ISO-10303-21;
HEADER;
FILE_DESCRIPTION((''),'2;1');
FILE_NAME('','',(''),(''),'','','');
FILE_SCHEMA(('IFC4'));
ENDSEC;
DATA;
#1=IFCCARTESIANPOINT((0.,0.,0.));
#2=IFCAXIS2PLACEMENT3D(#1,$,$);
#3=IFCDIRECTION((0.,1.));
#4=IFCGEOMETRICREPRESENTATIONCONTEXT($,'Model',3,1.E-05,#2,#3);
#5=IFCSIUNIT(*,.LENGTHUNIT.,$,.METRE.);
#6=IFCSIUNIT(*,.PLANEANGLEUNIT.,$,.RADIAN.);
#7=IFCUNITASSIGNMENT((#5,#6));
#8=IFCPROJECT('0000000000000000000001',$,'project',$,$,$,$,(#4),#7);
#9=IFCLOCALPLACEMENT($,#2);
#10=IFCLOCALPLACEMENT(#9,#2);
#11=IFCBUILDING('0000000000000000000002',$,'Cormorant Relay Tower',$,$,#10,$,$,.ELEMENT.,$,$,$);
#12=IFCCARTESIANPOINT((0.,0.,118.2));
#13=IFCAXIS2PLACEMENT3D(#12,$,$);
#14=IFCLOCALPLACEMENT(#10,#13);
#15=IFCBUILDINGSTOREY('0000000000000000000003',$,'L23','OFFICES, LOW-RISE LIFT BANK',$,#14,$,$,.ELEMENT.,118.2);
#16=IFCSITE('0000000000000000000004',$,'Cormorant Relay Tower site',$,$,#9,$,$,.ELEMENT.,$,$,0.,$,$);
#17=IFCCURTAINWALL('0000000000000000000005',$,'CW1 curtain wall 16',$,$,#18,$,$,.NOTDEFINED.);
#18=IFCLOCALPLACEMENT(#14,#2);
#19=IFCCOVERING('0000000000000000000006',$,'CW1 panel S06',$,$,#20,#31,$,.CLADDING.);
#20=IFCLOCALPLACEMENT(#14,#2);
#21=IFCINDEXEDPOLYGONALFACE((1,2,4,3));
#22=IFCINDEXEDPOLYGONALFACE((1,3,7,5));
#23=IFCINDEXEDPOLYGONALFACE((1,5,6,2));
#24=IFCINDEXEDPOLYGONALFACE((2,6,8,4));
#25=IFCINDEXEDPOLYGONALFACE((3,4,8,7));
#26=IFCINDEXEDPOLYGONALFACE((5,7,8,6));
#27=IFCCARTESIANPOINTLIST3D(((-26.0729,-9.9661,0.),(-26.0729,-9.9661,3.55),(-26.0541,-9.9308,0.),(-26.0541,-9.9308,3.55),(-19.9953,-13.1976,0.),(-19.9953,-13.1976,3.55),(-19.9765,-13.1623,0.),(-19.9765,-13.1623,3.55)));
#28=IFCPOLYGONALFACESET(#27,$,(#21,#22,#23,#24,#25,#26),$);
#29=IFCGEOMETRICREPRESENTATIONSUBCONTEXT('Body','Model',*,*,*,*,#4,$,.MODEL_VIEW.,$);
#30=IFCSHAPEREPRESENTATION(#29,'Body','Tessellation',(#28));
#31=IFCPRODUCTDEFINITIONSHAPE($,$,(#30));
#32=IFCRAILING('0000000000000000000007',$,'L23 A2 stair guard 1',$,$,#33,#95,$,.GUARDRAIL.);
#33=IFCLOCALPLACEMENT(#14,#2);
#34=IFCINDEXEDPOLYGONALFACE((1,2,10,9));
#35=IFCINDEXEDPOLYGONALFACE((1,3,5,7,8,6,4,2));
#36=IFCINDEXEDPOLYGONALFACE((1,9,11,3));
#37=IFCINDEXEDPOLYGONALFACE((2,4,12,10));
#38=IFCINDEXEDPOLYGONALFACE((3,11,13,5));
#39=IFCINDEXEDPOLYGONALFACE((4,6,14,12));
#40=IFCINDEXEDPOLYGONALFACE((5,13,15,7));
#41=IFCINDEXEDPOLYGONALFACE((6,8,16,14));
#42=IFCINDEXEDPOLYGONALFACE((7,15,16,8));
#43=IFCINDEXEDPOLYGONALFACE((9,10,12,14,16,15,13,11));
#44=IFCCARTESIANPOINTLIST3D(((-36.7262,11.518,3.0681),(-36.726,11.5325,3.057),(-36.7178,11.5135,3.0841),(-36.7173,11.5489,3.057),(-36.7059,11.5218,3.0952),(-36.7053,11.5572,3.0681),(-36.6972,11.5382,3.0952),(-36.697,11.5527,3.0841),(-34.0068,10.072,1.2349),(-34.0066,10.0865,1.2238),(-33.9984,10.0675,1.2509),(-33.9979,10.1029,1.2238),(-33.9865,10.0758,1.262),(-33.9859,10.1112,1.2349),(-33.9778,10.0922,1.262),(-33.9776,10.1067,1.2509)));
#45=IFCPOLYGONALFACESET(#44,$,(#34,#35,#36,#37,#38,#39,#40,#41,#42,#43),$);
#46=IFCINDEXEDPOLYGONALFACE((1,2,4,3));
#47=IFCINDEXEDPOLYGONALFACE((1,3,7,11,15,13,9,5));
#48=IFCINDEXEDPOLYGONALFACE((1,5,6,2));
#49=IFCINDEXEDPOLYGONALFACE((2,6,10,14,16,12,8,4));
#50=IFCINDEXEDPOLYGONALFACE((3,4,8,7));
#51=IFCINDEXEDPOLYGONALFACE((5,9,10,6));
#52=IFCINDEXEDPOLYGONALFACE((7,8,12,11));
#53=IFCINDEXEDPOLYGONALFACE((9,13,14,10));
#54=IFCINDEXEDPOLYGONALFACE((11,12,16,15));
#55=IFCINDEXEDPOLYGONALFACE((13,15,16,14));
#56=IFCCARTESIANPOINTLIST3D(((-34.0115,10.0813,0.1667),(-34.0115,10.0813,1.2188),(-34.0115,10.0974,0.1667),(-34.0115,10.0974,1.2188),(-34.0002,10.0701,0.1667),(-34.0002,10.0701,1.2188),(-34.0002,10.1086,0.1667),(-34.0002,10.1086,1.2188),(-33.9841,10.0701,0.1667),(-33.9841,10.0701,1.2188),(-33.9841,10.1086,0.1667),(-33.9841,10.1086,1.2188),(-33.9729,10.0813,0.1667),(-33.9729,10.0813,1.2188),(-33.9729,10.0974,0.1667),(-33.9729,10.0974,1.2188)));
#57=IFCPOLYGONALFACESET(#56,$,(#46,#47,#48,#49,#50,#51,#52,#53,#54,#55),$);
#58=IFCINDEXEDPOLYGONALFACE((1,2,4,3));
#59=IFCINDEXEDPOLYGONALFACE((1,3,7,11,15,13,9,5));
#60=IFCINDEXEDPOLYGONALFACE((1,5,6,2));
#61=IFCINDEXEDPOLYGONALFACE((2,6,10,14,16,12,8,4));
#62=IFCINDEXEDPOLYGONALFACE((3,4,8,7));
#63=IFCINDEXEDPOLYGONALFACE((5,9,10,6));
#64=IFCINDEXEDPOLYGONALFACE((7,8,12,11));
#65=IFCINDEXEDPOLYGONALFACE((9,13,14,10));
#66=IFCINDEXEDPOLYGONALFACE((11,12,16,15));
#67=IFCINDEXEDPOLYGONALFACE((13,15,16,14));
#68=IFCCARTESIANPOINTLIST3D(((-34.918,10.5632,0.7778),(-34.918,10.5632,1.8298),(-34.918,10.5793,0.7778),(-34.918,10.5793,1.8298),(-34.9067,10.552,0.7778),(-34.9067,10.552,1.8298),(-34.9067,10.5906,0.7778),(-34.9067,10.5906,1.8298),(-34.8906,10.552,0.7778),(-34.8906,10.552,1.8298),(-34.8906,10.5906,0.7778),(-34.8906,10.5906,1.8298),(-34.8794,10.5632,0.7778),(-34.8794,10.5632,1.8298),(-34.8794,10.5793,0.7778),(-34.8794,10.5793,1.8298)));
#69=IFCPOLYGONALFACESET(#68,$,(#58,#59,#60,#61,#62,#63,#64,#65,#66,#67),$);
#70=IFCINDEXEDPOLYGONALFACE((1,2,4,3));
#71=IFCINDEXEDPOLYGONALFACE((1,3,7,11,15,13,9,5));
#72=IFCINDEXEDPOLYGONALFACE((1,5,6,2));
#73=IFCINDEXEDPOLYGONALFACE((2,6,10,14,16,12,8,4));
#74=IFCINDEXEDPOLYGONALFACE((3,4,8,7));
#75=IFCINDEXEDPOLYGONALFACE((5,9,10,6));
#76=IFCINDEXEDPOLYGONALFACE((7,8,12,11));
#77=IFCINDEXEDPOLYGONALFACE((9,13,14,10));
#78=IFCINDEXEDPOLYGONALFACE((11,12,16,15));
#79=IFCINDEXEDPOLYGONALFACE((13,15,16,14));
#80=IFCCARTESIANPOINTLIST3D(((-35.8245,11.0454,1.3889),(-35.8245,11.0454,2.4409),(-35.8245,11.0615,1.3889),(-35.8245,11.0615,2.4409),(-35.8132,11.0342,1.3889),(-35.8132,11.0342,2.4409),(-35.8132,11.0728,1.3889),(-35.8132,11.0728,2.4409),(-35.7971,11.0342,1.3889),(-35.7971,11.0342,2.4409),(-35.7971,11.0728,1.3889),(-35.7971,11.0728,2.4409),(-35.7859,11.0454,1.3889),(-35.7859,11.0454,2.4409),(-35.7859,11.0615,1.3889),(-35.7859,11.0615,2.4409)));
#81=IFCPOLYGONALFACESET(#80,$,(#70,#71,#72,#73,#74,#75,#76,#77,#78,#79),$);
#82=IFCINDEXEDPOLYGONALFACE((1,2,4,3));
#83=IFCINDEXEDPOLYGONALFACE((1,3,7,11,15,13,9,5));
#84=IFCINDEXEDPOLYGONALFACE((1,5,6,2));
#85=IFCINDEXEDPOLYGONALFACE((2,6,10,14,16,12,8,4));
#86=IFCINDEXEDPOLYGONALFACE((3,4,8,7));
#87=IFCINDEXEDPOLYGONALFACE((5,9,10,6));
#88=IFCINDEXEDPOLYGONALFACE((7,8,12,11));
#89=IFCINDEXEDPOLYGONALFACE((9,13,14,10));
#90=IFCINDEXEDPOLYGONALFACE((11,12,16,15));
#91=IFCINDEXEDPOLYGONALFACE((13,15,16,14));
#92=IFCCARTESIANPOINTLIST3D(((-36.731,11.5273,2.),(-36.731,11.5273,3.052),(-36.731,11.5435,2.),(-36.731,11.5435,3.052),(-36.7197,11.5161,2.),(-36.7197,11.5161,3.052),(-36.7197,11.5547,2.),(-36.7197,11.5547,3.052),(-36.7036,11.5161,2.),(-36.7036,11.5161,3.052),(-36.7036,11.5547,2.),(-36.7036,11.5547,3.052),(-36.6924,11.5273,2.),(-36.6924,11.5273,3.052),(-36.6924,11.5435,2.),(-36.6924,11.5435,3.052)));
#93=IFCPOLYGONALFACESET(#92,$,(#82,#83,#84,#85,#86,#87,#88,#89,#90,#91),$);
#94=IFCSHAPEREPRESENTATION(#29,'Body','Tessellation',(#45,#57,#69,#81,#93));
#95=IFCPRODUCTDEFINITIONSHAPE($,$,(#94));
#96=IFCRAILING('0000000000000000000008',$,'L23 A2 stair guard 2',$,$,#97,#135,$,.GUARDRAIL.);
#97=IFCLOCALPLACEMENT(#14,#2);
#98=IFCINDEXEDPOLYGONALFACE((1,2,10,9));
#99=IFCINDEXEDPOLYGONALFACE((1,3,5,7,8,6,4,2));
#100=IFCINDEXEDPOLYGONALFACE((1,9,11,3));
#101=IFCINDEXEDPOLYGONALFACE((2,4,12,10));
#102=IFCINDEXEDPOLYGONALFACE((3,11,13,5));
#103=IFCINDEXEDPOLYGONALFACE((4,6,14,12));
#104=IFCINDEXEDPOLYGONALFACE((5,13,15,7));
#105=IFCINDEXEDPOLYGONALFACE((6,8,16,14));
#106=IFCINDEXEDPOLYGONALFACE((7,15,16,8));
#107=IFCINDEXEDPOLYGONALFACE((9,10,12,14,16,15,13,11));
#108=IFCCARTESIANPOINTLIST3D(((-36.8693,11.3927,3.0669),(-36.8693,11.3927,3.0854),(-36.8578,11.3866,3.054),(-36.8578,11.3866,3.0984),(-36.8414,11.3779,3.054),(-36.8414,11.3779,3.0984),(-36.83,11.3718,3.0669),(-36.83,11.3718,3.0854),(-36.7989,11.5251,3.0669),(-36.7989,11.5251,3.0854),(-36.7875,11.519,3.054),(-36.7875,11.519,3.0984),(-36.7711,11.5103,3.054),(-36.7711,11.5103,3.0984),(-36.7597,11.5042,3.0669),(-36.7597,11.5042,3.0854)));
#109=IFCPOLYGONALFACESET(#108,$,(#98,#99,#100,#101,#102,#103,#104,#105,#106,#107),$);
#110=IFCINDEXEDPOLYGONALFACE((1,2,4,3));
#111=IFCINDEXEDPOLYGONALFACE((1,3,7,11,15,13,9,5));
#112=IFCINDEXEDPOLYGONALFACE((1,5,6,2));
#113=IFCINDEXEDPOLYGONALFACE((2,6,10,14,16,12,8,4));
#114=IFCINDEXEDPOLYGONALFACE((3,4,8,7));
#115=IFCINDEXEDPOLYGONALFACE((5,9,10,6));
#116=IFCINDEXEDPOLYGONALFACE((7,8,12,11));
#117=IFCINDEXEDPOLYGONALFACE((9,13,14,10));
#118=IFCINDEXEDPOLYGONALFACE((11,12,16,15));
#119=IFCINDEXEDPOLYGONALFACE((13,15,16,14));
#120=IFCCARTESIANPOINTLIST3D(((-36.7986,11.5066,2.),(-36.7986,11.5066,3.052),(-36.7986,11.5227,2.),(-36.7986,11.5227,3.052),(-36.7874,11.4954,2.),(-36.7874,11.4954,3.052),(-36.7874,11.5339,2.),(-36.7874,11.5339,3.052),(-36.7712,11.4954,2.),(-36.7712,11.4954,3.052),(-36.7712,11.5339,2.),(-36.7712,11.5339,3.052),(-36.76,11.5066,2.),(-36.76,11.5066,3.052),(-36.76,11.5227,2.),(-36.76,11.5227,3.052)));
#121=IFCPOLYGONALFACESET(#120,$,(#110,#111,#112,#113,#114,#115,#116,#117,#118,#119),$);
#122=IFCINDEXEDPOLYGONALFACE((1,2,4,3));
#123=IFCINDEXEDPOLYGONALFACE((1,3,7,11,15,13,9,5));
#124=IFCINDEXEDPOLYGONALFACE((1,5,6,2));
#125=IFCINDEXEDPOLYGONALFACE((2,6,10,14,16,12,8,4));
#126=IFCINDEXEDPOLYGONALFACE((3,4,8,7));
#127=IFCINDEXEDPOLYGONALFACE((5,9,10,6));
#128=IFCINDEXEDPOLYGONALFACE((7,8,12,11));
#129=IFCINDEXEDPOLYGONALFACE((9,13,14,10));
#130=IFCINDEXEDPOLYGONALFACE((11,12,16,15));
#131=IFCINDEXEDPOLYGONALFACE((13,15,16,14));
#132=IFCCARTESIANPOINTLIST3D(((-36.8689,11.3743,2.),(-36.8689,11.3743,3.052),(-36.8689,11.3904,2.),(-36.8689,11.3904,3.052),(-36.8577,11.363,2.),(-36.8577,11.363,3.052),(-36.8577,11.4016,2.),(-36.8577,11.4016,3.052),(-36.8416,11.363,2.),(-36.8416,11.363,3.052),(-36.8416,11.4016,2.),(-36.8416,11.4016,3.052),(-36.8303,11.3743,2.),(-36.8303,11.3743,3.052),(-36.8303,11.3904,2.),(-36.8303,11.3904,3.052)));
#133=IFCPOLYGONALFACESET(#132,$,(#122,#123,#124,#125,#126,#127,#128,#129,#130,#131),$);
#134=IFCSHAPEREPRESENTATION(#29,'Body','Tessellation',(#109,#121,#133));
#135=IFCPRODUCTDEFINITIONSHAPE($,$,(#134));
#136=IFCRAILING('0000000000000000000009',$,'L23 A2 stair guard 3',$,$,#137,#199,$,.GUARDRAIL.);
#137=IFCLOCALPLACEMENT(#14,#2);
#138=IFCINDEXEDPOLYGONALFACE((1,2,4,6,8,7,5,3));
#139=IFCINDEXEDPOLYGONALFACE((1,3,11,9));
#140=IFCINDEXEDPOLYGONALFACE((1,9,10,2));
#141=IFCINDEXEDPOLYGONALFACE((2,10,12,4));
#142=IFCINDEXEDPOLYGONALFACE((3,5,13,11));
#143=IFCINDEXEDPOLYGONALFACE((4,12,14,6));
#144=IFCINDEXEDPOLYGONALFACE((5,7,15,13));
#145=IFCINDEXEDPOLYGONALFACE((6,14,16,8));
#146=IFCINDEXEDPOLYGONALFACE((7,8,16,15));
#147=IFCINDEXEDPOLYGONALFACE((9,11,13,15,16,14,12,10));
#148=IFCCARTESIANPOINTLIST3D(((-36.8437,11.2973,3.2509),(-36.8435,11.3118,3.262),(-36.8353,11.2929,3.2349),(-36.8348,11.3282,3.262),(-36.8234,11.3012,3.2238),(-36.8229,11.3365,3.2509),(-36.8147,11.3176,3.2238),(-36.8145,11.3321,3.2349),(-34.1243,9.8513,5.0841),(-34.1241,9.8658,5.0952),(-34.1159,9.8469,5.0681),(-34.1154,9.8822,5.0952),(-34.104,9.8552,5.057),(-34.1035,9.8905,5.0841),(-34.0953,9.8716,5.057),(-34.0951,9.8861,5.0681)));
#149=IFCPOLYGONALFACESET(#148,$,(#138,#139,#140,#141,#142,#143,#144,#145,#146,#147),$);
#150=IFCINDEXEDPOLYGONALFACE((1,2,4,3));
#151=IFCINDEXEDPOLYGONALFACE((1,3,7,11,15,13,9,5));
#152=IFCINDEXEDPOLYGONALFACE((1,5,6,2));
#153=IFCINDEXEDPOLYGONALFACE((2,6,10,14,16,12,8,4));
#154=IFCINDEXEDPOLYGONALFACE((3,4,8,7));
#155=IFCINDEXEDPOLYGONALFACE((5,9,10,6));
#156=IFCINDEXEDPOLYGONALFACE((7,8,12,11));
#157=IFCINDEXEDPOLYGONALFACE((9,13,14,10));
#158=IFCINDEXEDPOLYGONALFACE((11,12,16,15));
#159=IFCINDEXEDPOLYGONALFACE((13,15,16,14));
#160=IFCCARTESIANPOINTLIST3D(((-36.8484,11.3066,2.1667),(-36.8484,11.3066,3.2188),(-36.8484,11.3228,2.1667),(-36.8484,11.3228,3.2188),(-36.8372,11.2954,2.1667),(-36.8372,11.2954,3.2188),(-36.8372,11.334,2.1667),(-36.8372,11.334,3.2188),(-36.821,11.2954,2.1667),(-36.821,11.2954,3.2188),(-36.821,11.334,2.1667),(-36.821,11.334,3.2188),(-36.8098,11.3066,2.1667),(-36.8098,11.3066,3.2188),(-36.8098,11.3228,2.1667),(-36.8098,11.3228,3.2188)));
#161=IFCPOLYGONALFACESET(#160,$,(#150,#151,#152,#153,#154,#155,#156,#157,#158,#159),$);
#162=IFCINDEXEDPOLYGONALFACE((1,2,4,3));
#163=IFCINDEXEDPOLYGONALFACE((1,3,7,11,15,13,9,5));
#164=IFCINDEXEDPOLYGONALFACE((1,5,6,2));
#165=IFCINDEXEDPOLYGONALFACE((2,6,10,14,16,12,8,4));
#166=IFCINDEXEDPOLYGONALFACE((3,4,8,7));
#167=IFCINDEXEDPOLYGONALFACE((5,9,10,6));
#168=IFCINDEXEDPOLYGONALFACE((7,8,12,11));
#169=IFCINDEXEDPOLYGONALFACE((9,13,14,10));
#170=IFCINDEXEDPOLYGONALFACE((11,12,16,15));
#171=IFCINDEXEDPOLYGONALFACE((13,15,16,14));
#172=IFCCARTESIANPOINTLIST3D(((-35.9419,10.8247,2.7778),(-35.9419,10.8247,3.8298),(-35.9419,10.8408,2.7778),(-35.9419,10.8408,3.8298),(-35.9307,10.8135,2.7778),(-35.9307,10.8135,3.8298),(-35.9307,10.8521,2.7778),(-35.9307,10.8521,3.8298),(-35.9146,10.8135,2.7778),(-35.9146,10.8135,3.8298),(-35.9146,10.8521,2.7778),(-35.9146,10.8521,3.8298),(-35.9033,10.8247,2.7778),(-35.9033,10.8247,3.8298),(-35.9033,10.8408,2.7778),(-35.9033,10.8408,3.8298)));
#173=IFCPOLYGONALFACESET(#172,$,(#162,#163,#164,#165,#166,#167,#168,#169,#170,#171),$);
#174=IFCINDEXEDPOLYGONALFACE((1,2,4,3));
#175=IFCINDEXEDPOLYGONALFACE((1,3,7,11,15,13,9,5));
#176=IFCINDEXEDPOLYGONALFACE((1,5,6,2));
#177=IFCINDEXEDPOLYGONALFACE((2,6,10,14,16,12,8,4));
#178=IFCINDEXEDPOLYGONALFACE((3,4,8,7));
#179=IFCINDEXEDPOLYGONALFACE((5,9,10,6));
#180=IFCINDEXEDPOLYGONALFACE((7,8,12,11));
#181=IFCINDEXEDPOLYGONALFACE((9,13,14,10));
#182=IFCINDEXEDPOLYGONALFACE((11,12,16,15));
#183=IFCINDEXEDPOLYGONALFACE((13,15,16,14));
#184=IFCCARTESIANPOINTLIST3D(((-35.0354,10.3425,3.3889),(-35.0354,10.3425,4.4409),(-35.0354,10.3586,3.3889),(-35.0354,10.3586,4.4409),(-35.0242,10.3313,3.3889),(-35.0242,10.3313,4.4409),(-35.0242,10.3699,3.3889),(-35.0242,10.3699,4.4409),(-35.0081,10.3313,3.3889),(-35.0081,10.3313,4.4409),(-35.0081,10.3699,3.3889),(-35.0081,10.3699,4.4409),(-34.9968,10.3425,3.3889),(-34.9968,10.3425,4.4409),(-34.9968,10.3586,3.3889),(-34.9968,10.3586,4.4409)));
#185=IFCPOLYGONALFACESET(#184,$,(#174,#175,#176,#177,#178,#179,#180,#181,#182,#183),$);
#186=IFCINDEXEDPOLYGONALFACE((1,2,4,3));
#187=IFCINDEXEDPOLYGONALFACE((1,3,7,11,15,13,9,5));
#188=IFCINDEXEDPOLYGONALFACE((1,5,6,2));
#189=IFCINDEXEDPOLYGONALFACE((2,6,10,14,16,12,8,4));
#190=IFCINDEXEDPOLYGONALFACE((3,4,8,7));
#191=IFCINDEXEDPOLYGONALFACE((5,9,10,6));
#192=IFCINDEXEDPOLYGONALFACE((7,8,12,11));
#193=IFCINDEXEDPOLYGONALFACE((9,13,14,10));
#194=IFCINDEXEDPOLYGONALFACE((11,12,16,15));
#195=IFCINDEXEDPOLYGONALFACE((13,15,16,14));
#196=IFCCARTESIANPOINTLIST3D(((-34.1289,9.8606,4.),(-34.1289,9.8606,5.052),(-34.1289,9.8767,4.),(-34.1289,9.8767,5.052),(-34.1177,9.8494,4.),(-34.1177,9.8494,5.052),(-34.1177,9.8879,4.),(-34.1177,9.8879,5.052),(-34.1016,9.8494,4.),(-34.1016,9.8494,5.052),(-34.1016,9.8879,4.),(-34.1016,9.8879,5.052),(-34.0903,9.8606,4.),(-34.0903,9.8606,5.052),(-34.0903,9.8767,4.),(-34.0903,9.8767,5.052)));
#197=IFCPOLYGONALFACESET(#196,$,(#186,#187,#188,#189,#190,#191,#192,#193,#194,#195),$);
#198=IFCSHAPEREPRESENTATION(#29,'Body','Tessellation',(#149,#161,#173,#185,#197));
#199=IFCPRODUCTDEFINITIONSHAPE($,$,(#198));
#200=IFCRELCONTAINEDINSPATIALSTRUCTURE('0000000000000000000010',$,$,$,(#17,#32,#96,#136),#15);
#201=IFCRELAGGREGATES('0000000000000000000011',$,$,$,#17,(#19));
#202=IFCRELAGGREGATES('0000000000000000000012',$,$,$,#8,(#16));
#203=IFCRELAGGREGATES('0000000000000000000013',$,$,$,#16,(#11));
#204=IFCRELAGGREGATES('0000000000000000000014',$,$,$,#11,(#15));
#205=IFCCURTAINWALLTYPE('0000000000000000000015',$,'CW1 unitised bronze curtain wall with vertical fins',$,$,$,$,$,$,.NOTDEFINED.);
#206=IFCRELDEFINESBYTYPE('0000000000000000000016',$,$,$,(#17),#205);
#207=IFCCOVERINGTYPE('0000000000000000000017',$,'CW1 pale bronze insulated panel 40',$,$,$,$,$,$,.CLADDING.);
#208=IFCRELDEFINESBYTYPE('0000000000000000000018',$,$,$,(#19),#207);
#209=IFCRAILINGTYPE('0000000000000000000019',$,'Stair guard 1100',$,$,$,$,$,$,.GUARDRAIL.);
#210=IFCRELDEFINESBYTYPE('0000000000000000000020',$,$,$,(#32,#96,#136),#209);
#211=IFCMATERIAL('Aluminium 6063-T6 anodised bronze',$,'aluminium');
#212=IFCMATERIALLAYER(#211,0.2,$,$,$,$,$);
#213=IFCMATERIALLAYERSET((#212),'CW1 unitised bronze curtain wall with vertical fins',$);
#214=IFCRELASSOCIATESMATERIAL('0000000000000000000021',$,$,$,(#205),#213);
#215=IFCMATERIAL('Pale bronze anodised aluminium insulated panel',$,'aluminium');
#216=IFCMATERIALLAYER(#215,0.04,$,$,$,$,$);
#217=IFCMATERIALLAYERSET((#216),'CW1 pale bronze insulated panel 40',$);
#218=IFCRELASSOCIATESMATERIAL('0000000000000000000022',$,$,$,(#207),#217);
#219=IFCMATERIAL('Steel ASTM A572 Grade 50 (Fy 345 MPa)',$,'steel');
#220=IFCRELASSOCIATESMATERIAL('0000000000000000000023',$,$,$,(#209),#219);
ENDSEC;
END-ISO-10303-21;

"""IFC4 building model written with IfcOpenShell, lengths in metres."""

from ifc_helpers import new_model, si_unit, direction, frame, origin, origin_2d, place, context, subcontext, project, spatial, polyline, rectangle, outline, extrude, material, layer, layer_set, type_object, element, aggregate, save


model = new_model("IFC4")

# Units and contexts
model_context = context("Model", 3, precision=1e-05, world=origin(), true_north=direction((0.0, 1.0)))
body_context = subcontext(model_context, "Body", "Model", "MODEL_VIEW")
ifc_project = project(units=[si_unit("LENGTHUNIT", "METRE"), si_unit("PLANEANGLEUNIT", "RADIAN")], contexts=[model_context])

# Site, building, storey
site_placement = place(None, origin())
site = spatial("IfcSite", under=ifc_project, at=site_placement, Name="Cormorant Relay Tower site", CompositionType="ELEMENT", RefElevation=0.0)
building_placement = place(site_placement, origin())
building = spatial("IfcBuilding", under=site, at=building_placement, Name="Cormorant Relay Tower", CompositionType="ELEMENT")
storey_placement = place(building_placement, frame((0.0, 0.0, 118.2)))
storey = spatial("IfcBuildingStorey", under=building, at=storey_placement, Name="L23", Description="OFFICES, LOW-RISE LIFT BANK", CompositionType="ELEMENT", Elevation=118.2)

# Curtain wall
ifc_material_1 = material(Name="Aluminium 6063-T6 anodised bronze", Category="aluminium")
ifc_layer_1 = layer(ifc_material_1, 0.2)
ifc_layer_set_1 = layer_set([ifc_layer_1], Name="CW1 unitised bronze curtain wall with vertical fins")
curtain_wall_type = type_object("IfcCurtainWallType", Name="CW1 unitised bronze curtain wall with vertical fins", PredefinedType="NOTDEFINED", material=ifc_layer_set_1)
curtain_wall_placement = place(storey_placement, origin())
curtain_wall = element("IfcCurtainWall", 1, at=curtain_wall_placement, inside=storey, type_object=curtain_wall_type, Name="CW1 curtain wall 16", PredefinedType="NOTDEFINED")

# Covering
ifc_material_2 = material(Name="Pale bronze anodised aluminium insulated panel", Category="aluminium")
ifc_layer_2 = layer(ifc_material_2, 0.04)
ifc_layer_set_2 = layer_set([ifc_layer_2], Name="CW1 pale bronze insulated panel 40")
covering_type = type_object("IfcCoveringType", Name="CW1 pale bronze insulated panel 40", PredefinedType="CLADDING", material=ifc_layer_set_2)
covering_1_placement = place(storey_placement, frame((-23.0247, -11.5642, 0.0), z_axis=(0.0, 0.0, 1.0), x_axis=(0.882948, -0.469472, 0.0)))
covering_1 = element("IfcCovering", 2, at=covering_1_placement, type_object=covering_type, Name="CW1 panel S06", PredefinedType="CLADDING", context=body_context, shape_type="SweptSolid", body=[
    extrude(rectangle(XDim=6.8833, YDim=0.04, at=origin_2d()), origin(), (0.0, 0.0, 1.0), 3.55),
])
aggregate(curtain_wall, [covering_1])

# Railings
ifc_material_3 = material(Name="Steel ASTM A572 Grade 50 (Fy 345 MPa)", Category="steel")
railing_type_1 = type_object("IfcRailingType", Name="Stair guard 1100", PredefinedType="GUARDRAIL", material=ifc_material_3)
railing_1_placement = place(storey_placement, frame((-33.9922, 10.0894, 0.1667)))
element("IfcRailing", 3, at=railing_1_placement, inside=storey, type_object=railing_type_1, Name="L23 A2 stair guard 1", PredefinedType="GUARDRAIL", context=body_context, shape_type="SweptSolid", body=[
    extrude(outline(polyline([(0.0222, 0.0093), (0.0093, 0.0222), (-0.0093, 0.0222), (-0.0222, 0.0093), (-0.0222, -0.0093), (-0.0093, -0.0222), (0.0093, -0.0222), (0.0222, -0.0093), (0.0222, 0.0093)])), frame((0.0, 0.0, 1.0762), z_axis=(-0.758714, 0.403435, 0.511463), x_axis=(-0.469489, -0.882938, 0.0)), (0.0, 0.0, 1.0), 3.5842),
    extrude(outline(polyline([(0.0193, 0.0081), (0.0081, 0.0193), (-0.0081, 0.0193), (-0.0193, 0.0081), (-0.0193, -0.0081), (-0.0081, -0.0193), (0.0081, -0.0193), (0.0193, -0.0081), (0.0193, 0.0081)])), origin(), (0.0, 0.0, 1.0), 1.052),
    extrude(outline(polyline([(0.0193, 0.0081), (0.0081, 0.0193), (-0.0081, 0.0193), (-0.0193, 0.0081), (-0.0193, -0.0081), (-0.0081, -0.0193), (0.0081, -0.0193), (0.0193, -0.0081), (0.0193, 0.0081)])), frame((-0.9065, 0.4819, 0.6111)), (0.0, 0.0, 1.0), 1.052),
    extrude(outline(polyline([(0.0193, 0.0081), (0.0081, 0.0193), (-0.0081, 0.0193), (-0.0193, 0.0081), (-0.0193, -0.0081), (-0.0081, -0.0193), (0.0081, -0.0193), (0.0193, -0.0081), (0.0193, 0.0081)])), frame((-1.813, 0.9641, 1.2222)), (0.0, 0.0, 1.0), 1.052),
    extrude(outline(polyline([(0.0193, 0.0081), (0.0081, 0.0193), (-0.0081, 0.0193), (-0.0193, 0.0081), (-0.0193, -0.0081), (-0.0081, -0.0193), (0.0081, -0.0193), (0.0193, -0.0081), (0.0193, 0.0081)])), frame((-2.7195, 1.446, 1.8333)), (0.0, 0.0, 1.0), 1.052),
])
railing_2_placement = place(storey_placement, frame((-36.7793, 11.5146, 2.0)))
element("IfcRailing", 4, at=railing_2_placement, inside=storey, type_object=railing_type_1, Name="L23 A2 stair guard 2", PredefinedType="GUARDRAIL", context=body_context, shape_type="SweptSolid", body=[
    extrude(outline(polyline([(0.0222, 0.0093), (0.0093, 0.0222), (-0.0093, 0.0222), (-0.0222, 0.0093), (-0.0222, -0.0093), (-0.0093, -0.0222), (0.0093, -0.0222), (0.0222, -0.0093), (0.0222, 0.0093)])), frame((0.0, 0.0, 1.0762), z_axis=(-0.469235, -0.883074, 0.0), x_axis=(0.883074, -0.469235, 0.0)), (0.0, 0.0, 1.0), 0.1499),
    extrude(outline(polyline([(0.0193, 0.0081), (0.0081, 0.0193), (-0.0081, 0.0193), (-0.0193, 0.0081), (-0.0193, -0.0081), (-0.0081, -0.0193), (0.0081, -0.0193), (0.0193, -0.0081), (0.0193, 0.0081)])), origin(), (0.0, 0.0, 1.0), 1.052),
    extrude(outline(polyline([(0.0193, 0.0081), (0.0081, 0.0193), (-0.0081, 0.0193), (-0.0193, 0.0081), (-0.0193, -0.0081), (-0.0081, -0.0193), (0.0081, -0.0193), (0.0193, -0.0081), (0.0193, 0.0081)])), frame((-0.0703, -0.1323, 0.0)), (0.0, 0.0, 1.0), 1.052),
])
railing_3_placement = place(storey_placement, frame((-36.8291, 11.3147, 2.1667)))
element("IfcRailing", 5, at=railing_3_placement, inside=storey, type_object=railing_type_1, Name="L23 A2 stair guard 3", PredefinedType="GUARDRAIL", context=body_context, shape_type="SweptSolid", body=[
    extrude(outline(polyline([(0.0222, 0.0093), (0.0093, 0.0222), (-0.0093, 0.0222), (-0.0222, 0.0093), (-0.0222, -0.0093), (-0.0093, -0.0222), (0.0093, -0.0222), (0.0222, -0.0093), (0.0222, 0.0093)])), frame((0.0, 0.0, 1.0762), z_axis=(0.758714, -0.403435, 0.511463), x_axis=(0.469489, 0.882938, 0.0)), (0.0, 0.0, 1.0), 3.5842),
    extrude(outline(polyline([(0.0193, 0.0081), (0.0081, 0.0193), (-0.0081, 0.0193), (-0.0193, 0.0081), (-0.0193, -0.0081), (-0.0081, -0.0193), (0.0081, -0.0193), (0.0193, -0.0081), (0.0193, 0.0081)])), origin(), (0.0, 0.0, 1.0), 1.052),
    extrude(outline(polyline([(0.0193, 0.0081), (0.0081, 0.0193), (-0.0081, 0.0193), (-0.0193, 0.0081), (-0.0193, -0.0081), (-0.0081, -0.0193), (0.0081, -0.0193), (0.0193, -0.0081), (0.0193, 0.0081)])), frame((0.9065, -0.4819, 0.6111)), (0.0, 0.0, 1.0), 1.052),
    extrude(outline(polyline([(0.0193, 0.0081), (0.0081, 0.0193), (-0.0081, 0.0193), (-0.0193, 0.0081), (-0.0193, -0.0081), (-0.0081, -0.0193), (0.0081, -0.0193), (0.0193, -0.0081), (0.0193, 0.0081)])), frame((1.813, -0.9641, 1.2222)), (0.0, 0.0, 1.0), 1.052),
    extrude(outline(polyline([(0.0193, 0.0081), (0.0081, 0.0193), (-0.0081, 0.0193), (-0.0193, 0.0081), (-0.0193, -0.0081), (-0.0081, -0.0193), (0.0081, -0.0193), (0.0193, -0.0081), (0.0193, 0.0081)])), frame((2.7195, -1.446, 1.8333)), (0.0, 0.0, 1.0), 1.052),
])

save(model, "model.ifc")
